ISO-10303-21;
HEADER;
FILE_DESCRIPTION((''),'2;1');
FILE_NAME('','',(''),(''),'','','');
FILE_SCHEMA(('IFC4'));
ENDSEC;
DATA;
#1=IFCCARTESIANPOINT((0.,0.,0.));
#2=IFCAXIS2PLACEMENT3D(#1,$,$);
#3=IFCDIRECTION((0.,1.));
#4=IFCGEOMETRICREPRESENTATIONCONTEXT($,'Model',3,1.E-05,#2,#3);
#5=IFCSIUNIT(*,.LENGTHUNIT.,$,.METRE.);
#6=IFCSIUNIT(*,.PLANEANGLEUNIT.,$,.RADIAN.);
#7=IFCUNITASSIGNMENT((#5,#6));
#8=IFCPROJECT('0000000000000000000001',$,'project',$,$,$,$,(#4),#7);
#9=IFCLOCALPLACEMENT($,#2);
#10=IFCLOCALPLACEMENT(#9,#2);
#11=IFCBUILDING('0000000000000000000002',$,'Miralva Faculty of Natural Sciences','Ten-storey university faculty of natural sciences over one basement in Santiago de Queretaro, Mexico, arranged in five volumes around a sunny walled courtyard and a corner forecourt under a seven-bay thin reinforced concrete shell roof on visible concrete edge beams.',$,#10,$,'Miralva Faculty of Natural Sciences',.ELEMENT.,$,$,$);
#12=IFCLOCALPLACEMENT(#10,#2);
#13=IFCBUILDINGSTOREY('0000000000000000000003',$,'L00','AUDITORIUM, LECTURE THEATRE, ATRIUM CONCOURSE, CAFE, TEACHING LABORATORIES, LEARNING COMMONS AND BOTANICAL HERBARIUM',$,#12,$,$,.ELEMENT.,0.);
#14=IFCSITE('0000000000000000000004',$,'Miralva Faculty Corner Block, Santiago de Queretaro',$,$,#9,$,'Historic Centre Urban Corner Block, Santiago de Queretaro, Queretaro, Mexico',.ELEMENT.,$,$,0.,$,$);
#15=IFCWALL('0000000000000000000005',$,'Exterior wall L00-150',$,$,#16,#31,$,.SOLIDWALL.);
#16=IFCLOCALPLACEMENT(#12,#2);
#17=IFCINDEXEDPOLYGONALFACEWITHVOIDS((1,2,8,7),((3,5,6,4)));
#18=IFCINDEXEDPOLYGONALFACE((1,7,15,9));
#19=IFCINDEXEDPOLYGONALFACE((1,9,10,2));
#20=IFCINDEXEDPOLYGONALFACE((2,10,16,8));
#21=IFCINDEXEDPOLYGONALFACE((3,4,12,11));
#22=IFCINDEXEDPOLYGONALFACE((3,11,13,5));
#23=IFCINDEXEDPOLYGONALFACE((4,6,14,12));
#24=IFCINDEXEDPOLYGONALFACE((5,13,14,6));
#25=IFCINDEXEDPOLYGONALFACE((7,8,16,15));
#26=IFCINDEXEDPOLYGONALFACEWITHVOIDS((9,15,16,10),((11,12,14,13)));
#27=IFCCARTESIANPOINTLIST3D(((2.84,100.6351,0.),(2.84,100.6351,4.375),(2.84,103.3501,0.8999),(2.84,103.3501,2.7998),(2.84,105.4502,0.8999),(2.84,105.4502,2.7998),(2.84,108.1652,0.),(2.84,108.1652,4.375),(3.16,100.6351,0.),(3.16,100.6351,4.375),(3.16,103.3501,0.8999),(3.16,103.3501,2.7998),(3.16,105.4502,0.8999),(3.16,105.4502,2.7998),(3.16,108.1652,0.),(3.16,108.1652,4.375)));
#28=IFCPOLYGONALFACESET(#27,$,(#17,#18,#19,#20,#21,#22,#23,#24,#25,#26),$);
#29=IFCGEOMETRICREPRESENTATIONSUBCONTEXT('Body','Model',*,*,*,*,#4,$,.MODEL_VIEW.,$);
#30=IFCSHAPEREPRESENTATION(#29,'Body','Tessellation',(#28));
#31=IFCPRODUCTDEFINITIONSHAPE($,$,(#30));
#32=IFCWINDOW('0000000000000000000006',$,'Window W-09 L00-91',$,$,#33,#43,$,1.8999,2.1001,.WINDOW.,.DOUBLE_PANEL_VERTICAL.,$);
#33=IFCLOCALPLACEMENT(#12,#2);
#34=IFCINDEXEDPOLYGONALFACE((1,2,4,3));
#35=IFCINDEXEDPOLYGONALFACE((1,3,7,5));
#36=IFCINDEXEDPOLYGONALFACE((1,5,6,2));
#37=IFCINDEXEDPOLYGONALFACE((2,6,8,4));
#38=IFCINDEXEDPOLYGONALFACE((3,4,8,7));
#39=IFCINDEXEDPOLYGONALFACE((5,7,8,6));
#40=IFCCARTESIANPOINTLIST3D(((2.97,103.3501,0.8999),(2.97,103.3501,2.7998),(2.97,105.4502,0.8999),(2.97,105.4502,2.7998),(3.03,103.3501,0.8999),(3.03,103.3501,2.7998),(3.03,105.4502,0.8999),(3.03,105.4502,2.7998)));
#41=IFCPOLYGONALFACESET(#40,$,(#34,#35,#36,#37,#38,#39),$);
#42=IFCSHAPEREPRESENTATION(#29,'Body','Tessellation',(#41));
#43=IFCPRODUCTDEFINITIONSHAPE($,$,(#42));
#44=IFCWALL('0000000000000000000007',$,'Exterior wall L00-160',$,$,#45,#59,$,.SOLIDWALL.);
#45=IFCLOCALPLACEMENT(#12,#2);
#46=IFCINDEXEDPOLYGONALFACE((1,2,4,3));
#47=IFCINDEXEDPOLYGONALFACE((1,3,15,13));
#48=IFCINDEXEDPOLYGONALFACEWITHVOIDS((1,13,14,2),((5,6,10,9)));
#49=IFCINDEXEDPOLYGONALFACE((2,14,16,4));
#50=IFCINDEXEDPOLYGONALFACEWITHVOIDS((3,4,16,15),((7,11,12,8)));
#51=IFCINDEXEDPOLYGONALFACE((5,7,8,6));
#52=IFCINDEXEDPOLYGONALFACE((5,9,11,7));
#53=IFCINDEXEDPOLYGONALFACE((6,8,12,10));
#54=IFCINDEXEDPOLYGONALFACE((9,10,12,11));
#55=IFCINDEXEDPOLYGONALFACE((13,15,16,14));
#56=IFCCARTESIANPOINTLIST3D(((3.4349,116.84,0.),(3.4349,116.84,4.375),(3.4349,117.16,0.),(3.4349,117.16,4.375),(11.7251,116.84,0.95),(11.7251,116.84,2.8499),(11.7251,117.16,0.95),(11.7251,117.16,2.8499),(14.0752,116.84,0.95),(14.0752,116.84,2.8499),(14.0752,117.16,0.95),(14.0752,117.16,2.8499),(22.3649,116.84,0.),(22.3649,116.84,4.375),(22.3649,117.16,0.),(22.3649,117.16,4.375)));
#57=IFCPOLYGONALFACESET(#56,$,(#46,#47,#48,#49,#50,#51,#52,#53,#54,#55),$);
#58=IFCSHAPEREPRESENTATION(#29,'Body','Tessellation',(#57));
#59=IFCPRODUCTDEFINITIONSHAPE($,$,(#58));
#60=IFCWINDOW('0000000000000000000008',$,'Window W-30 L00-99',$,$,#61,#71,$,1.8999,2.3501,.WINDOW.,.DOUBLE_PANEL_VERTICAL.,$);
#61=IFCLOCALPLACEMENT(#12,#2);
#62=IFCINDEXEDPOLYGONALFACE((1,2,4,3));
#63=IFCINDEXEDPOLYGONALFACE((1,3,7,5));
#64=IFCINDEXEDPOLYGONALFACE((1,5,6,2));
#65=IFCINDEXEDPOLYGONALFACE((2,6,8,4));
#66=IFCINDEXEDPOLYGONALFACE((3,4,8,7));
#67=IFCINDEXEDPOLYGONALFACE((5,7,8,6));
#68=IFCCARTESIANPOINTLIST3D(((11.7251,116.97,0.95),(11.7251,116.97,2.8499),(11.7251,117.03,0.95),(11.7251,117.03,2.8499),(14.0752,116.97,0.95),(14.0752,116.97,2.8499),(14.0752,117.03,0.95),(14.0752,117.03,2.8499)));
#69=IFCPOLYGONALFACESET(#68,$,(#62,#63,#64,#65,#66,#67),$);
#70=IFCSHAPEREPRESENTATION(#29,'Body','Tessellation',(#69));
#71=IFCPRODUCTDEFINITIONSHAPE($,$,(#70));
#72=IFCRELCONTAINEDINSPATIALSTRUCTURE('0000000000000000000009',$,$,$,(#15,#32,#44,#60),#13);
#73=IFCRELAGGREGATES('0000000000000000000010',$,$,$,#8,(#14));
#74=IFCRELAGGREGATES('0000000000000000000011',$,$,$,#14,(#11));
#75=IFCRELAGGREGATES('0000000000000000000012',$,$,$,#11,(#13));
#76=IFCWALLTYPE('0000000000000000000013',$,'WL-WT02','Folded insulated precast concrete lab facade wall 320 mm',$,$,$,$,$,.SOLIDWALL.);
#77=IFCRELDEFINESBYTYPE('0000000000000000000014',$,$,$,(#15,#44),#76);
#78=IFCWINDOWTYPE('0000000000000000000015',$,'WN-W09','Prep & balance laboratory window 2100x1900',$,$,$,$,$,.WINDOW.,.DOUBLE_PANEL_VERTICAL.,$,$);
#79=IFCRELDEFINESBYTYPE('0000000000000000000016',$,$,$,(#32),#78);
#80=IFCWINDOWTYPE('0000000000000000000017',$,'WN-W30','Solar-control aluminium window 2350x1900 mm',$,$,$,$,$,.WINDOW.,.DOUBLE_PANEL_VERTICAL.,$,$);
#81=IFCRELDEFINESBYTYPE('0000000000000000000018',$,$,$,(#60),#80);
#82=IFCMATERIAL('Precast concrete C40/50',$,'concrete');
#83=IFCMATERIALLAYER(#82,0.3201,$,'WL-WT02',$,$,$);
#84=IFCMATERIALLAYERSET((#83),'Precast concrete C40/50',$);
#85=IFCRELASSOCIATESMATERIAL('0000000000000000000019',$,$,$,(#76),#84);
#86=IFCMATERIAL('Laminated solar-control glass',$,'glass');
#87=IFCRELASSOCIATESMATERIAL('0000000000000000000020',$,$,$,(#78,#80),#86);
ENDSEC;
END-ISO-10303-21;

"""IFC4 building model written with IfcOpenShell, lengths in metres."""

from ifc_helpers import new_model, si_unit, direction, frame, frame_2d, origin, place, context, subcontext, project, spatial, rectangle, extrude, material, layer, layer_set, type_object, element, fill, save


model = new_model("IFC4")

# Units and contexts
model_context = context("Model", 3, precision=1e-05, world=origin(), true_north=direction((0.0, 1.0)))
body_context = subcontext(model_context, "Body", "Model", "MODEL_VIEW")
ifc_project = project(units=[si_unit("LENGTHUNIT", "METRE"), si_unit("PLANEANGLEUNIT", "RADIAN")], contexts=[model_context])

# Site, building, storey
site_placement = place(None, origin())
site = spatial("IfcSite", under=ifc_project, at=site_placement, Name="Miralva Faculty Corner Block, Santiago de Queretaro", LongName="Historic Centre Urban Corner Block, Santiago de Queretaro, Queretaro, Mexico", CompositionType="ELEMENT", RefElevation=0.0)
building_placement = place(site_placement, origin())
building = spatial("IfcBuilding", under=site, at=building_placement, Name="Miralva Faculty of Natural Sciences", Description="Ten-storey university faculty of natural sciences over one basement in Santiago de Queretaro, Mexico, arranged in five volumes around a sunny walled courtyard and a corner forecourt under a seven-bay thin reinforced concrete shell roof on visible concrete edge beams.", LongName="Miralva Faculty of Natural Sciences", CompositionType="ELEMENT")
storey_placement = place(building_placement, origin())
storey = spatial("IfcBuildingStorey", under=building, at=storey_placement, Name="L00", Description="AUDITORIUM, LECTURE THEATRE, ATRIUM CONCOURSE, CAFE, TEACHING LABORATORIES, LEARNING COMMONS AND BOTANICAL HERBARIUM", CompositionType="ELEMENT", Elevation=0.0)

# Wall, opening, window
ifc_material_1 = material(Name="Precast concrete C40/50", Category="concrete")
ifc_layer = layer(ifc_material_1, 0.3201, Name="WL-WT02")
ifc_layer_set = layer_set([ifc_layer], Name="Precast concrete C40/50")
wall_type = type_object("IfcWallType", Name="WL-WT02", Description="Folded insulated precast concrete lab facade wall 320 mm", PredefinedType="SOLIDWALL", material=ifc_layer_set)
wall_1_placement = place(storey_placement, frame((3.0, 100.635, 0.0), z_axis=(0.0, 0.0, 1.0), x_axis=(0.0, 1.0, 0.0)))
wall_1 = element("IfcWall", 1, at=wall_1_placement, inside=storey, type_object=wall_type, Name="Exterior wall L00-150", PredefinedType="SOLIDWALL", context=body_context, shape_type="SweptSolid", body=[
    extrude(rectangle(XDim=7.53, YDim=0.3201, at=frame_2d((3.7651, 0.0))), origin(), (0.0, 0.0, 1.0), 4.375),
])
opening_1_placement = place(wall_1_placement, frame((2.7151, 0.0, 0.8999)))
opening_1 = element("IfcOpeningElement", 2, at=opening_1_placement, cuts=wall_1, PredefinedType="OPENING", context=body_context, shape_type="SweptSolid", body=[
    extrude(rectangle(XDim=2.1001, YDim=1.8999, at=frame_2d((1.05, 0.95))), frame((0.0, 0.1699, 0.0), z_axis=(0.0, -1.0, 0.0), x_axis=(1.0, 0.0, 0.0)), (0.0, 0.0, 1.0), 0.3401),
])
ifc_material_2 = material(Name="Laminated solar-control glass", Category="glass")
window_type_1 = type_object("IfcWindowType", Name="WN-W09", Description="Prep & balance laboratory window 2100x1900", PartitioningType="DOUBLE_PANEL_VERTICAL", PredefinedType="WINDOW", material=ifc_material_2)
window_1_placement = place(opening_1_placement, origin())
window_1 = element("IfcWindow", 3, at=window_1_placement, inside=storey, type_object=window_type_1, Name="Window W-09 L00-91", OverallHeight=1.8999, OverallWidth=2.1001, PartitioningType="DOUBLE_PANEL_VERTICAL", PredefinedType="WINDOW", context=body_context, shape_type="SweptSolid", body=[
    extrude(rectangle(XDim=2.1001, YDim=1.8999, at=frame_2d((1.05, 0.95))), frame((0.0, 0.03, 0.0), z_axis=(0.0, -1.0, 0.0), x_axis=(1.0, 0.0, 0.0)), (0.0, 0.0, 1.0), 0.0601),
])
fill(opening_1, window_1)

# Wall, opening, window
wall_2_placement = place(storey_placement, frame((3.4351, 117.0, 0.0), z_axis=(0.0, 0.0, 1.0), x_axis=(1.0, 0.0, 0.0)))
wall_2 = element("IfcWall", 4, at=wall_2_placement, inside=storey, type_object=wall_type, Name="Exterior wall L00-160", PredefinedType="SOLIDWALL", context=body_context, shape_type="SweptSolid", body=[
    extrude(rectangle(XDim=18.9299, YDim=0.3201, at=frame_2d((9.4648, 0.0))), origin(), (0.0, 0.0, 1.0), 4.375),
])
opening_2_placement = place(wall_2_placement, frame((8.29, 0.0, 0.95)))
opening_2 = element("IfcOpeningElement", 5, at=opening_2_placement, cuts=wall_2, PredefinedType="OPENING", context=body_context, shape_type="SweptSolid", body=[
    extrude(rectangle(XDim=2.3501, YDim=1.8999, at=frame_2d((1.175, 0.95))), frame((0.0, 0.1699, 0.0), z_axis=(0.0, -1.0, 0.0), x_axis=(1.0, 0.0, 0.0)), (0.0, 0.0, 1.0), 0.3401),
])
window_type_2 = type_object("IfcWindowType", Name="WN-W30", Description="Solar-control aluminium window 2350x1900 mm", PartitioningType="DOUBLE_PANEL_VERTICAL", PredefinedType="WINDOW", material=ifc_material_2)
window_2_placement = place(opening_2_placement, origin())
window_2 = element("IfcWindow", 6, at=window_2_placement, inside=storey, type_object=window_type_2, Name="Window W-30 L00-99", OverallHeight=1.8999, OverallWidth=2.3501, PartitioningType="DOUBLE_PANEL_VERTICAL", PredefinedType="WINDOW", context=body_context, shape_type="SweptSolid", body=[
    extrude(rectangle(XDim=2.3501, YDim=1.8999, at=frame_2d((1.175, 0.95))), frame((0.0, 0.03, 0.0), z_axis=(0.0, -1.0, 0.0), x_axis=(1.0, 0.0, 0.0)), (0.0, 0.0, 1.0), 0.0601),
])
fill(opening_2, window_2)

save(model, "model.ifc")
